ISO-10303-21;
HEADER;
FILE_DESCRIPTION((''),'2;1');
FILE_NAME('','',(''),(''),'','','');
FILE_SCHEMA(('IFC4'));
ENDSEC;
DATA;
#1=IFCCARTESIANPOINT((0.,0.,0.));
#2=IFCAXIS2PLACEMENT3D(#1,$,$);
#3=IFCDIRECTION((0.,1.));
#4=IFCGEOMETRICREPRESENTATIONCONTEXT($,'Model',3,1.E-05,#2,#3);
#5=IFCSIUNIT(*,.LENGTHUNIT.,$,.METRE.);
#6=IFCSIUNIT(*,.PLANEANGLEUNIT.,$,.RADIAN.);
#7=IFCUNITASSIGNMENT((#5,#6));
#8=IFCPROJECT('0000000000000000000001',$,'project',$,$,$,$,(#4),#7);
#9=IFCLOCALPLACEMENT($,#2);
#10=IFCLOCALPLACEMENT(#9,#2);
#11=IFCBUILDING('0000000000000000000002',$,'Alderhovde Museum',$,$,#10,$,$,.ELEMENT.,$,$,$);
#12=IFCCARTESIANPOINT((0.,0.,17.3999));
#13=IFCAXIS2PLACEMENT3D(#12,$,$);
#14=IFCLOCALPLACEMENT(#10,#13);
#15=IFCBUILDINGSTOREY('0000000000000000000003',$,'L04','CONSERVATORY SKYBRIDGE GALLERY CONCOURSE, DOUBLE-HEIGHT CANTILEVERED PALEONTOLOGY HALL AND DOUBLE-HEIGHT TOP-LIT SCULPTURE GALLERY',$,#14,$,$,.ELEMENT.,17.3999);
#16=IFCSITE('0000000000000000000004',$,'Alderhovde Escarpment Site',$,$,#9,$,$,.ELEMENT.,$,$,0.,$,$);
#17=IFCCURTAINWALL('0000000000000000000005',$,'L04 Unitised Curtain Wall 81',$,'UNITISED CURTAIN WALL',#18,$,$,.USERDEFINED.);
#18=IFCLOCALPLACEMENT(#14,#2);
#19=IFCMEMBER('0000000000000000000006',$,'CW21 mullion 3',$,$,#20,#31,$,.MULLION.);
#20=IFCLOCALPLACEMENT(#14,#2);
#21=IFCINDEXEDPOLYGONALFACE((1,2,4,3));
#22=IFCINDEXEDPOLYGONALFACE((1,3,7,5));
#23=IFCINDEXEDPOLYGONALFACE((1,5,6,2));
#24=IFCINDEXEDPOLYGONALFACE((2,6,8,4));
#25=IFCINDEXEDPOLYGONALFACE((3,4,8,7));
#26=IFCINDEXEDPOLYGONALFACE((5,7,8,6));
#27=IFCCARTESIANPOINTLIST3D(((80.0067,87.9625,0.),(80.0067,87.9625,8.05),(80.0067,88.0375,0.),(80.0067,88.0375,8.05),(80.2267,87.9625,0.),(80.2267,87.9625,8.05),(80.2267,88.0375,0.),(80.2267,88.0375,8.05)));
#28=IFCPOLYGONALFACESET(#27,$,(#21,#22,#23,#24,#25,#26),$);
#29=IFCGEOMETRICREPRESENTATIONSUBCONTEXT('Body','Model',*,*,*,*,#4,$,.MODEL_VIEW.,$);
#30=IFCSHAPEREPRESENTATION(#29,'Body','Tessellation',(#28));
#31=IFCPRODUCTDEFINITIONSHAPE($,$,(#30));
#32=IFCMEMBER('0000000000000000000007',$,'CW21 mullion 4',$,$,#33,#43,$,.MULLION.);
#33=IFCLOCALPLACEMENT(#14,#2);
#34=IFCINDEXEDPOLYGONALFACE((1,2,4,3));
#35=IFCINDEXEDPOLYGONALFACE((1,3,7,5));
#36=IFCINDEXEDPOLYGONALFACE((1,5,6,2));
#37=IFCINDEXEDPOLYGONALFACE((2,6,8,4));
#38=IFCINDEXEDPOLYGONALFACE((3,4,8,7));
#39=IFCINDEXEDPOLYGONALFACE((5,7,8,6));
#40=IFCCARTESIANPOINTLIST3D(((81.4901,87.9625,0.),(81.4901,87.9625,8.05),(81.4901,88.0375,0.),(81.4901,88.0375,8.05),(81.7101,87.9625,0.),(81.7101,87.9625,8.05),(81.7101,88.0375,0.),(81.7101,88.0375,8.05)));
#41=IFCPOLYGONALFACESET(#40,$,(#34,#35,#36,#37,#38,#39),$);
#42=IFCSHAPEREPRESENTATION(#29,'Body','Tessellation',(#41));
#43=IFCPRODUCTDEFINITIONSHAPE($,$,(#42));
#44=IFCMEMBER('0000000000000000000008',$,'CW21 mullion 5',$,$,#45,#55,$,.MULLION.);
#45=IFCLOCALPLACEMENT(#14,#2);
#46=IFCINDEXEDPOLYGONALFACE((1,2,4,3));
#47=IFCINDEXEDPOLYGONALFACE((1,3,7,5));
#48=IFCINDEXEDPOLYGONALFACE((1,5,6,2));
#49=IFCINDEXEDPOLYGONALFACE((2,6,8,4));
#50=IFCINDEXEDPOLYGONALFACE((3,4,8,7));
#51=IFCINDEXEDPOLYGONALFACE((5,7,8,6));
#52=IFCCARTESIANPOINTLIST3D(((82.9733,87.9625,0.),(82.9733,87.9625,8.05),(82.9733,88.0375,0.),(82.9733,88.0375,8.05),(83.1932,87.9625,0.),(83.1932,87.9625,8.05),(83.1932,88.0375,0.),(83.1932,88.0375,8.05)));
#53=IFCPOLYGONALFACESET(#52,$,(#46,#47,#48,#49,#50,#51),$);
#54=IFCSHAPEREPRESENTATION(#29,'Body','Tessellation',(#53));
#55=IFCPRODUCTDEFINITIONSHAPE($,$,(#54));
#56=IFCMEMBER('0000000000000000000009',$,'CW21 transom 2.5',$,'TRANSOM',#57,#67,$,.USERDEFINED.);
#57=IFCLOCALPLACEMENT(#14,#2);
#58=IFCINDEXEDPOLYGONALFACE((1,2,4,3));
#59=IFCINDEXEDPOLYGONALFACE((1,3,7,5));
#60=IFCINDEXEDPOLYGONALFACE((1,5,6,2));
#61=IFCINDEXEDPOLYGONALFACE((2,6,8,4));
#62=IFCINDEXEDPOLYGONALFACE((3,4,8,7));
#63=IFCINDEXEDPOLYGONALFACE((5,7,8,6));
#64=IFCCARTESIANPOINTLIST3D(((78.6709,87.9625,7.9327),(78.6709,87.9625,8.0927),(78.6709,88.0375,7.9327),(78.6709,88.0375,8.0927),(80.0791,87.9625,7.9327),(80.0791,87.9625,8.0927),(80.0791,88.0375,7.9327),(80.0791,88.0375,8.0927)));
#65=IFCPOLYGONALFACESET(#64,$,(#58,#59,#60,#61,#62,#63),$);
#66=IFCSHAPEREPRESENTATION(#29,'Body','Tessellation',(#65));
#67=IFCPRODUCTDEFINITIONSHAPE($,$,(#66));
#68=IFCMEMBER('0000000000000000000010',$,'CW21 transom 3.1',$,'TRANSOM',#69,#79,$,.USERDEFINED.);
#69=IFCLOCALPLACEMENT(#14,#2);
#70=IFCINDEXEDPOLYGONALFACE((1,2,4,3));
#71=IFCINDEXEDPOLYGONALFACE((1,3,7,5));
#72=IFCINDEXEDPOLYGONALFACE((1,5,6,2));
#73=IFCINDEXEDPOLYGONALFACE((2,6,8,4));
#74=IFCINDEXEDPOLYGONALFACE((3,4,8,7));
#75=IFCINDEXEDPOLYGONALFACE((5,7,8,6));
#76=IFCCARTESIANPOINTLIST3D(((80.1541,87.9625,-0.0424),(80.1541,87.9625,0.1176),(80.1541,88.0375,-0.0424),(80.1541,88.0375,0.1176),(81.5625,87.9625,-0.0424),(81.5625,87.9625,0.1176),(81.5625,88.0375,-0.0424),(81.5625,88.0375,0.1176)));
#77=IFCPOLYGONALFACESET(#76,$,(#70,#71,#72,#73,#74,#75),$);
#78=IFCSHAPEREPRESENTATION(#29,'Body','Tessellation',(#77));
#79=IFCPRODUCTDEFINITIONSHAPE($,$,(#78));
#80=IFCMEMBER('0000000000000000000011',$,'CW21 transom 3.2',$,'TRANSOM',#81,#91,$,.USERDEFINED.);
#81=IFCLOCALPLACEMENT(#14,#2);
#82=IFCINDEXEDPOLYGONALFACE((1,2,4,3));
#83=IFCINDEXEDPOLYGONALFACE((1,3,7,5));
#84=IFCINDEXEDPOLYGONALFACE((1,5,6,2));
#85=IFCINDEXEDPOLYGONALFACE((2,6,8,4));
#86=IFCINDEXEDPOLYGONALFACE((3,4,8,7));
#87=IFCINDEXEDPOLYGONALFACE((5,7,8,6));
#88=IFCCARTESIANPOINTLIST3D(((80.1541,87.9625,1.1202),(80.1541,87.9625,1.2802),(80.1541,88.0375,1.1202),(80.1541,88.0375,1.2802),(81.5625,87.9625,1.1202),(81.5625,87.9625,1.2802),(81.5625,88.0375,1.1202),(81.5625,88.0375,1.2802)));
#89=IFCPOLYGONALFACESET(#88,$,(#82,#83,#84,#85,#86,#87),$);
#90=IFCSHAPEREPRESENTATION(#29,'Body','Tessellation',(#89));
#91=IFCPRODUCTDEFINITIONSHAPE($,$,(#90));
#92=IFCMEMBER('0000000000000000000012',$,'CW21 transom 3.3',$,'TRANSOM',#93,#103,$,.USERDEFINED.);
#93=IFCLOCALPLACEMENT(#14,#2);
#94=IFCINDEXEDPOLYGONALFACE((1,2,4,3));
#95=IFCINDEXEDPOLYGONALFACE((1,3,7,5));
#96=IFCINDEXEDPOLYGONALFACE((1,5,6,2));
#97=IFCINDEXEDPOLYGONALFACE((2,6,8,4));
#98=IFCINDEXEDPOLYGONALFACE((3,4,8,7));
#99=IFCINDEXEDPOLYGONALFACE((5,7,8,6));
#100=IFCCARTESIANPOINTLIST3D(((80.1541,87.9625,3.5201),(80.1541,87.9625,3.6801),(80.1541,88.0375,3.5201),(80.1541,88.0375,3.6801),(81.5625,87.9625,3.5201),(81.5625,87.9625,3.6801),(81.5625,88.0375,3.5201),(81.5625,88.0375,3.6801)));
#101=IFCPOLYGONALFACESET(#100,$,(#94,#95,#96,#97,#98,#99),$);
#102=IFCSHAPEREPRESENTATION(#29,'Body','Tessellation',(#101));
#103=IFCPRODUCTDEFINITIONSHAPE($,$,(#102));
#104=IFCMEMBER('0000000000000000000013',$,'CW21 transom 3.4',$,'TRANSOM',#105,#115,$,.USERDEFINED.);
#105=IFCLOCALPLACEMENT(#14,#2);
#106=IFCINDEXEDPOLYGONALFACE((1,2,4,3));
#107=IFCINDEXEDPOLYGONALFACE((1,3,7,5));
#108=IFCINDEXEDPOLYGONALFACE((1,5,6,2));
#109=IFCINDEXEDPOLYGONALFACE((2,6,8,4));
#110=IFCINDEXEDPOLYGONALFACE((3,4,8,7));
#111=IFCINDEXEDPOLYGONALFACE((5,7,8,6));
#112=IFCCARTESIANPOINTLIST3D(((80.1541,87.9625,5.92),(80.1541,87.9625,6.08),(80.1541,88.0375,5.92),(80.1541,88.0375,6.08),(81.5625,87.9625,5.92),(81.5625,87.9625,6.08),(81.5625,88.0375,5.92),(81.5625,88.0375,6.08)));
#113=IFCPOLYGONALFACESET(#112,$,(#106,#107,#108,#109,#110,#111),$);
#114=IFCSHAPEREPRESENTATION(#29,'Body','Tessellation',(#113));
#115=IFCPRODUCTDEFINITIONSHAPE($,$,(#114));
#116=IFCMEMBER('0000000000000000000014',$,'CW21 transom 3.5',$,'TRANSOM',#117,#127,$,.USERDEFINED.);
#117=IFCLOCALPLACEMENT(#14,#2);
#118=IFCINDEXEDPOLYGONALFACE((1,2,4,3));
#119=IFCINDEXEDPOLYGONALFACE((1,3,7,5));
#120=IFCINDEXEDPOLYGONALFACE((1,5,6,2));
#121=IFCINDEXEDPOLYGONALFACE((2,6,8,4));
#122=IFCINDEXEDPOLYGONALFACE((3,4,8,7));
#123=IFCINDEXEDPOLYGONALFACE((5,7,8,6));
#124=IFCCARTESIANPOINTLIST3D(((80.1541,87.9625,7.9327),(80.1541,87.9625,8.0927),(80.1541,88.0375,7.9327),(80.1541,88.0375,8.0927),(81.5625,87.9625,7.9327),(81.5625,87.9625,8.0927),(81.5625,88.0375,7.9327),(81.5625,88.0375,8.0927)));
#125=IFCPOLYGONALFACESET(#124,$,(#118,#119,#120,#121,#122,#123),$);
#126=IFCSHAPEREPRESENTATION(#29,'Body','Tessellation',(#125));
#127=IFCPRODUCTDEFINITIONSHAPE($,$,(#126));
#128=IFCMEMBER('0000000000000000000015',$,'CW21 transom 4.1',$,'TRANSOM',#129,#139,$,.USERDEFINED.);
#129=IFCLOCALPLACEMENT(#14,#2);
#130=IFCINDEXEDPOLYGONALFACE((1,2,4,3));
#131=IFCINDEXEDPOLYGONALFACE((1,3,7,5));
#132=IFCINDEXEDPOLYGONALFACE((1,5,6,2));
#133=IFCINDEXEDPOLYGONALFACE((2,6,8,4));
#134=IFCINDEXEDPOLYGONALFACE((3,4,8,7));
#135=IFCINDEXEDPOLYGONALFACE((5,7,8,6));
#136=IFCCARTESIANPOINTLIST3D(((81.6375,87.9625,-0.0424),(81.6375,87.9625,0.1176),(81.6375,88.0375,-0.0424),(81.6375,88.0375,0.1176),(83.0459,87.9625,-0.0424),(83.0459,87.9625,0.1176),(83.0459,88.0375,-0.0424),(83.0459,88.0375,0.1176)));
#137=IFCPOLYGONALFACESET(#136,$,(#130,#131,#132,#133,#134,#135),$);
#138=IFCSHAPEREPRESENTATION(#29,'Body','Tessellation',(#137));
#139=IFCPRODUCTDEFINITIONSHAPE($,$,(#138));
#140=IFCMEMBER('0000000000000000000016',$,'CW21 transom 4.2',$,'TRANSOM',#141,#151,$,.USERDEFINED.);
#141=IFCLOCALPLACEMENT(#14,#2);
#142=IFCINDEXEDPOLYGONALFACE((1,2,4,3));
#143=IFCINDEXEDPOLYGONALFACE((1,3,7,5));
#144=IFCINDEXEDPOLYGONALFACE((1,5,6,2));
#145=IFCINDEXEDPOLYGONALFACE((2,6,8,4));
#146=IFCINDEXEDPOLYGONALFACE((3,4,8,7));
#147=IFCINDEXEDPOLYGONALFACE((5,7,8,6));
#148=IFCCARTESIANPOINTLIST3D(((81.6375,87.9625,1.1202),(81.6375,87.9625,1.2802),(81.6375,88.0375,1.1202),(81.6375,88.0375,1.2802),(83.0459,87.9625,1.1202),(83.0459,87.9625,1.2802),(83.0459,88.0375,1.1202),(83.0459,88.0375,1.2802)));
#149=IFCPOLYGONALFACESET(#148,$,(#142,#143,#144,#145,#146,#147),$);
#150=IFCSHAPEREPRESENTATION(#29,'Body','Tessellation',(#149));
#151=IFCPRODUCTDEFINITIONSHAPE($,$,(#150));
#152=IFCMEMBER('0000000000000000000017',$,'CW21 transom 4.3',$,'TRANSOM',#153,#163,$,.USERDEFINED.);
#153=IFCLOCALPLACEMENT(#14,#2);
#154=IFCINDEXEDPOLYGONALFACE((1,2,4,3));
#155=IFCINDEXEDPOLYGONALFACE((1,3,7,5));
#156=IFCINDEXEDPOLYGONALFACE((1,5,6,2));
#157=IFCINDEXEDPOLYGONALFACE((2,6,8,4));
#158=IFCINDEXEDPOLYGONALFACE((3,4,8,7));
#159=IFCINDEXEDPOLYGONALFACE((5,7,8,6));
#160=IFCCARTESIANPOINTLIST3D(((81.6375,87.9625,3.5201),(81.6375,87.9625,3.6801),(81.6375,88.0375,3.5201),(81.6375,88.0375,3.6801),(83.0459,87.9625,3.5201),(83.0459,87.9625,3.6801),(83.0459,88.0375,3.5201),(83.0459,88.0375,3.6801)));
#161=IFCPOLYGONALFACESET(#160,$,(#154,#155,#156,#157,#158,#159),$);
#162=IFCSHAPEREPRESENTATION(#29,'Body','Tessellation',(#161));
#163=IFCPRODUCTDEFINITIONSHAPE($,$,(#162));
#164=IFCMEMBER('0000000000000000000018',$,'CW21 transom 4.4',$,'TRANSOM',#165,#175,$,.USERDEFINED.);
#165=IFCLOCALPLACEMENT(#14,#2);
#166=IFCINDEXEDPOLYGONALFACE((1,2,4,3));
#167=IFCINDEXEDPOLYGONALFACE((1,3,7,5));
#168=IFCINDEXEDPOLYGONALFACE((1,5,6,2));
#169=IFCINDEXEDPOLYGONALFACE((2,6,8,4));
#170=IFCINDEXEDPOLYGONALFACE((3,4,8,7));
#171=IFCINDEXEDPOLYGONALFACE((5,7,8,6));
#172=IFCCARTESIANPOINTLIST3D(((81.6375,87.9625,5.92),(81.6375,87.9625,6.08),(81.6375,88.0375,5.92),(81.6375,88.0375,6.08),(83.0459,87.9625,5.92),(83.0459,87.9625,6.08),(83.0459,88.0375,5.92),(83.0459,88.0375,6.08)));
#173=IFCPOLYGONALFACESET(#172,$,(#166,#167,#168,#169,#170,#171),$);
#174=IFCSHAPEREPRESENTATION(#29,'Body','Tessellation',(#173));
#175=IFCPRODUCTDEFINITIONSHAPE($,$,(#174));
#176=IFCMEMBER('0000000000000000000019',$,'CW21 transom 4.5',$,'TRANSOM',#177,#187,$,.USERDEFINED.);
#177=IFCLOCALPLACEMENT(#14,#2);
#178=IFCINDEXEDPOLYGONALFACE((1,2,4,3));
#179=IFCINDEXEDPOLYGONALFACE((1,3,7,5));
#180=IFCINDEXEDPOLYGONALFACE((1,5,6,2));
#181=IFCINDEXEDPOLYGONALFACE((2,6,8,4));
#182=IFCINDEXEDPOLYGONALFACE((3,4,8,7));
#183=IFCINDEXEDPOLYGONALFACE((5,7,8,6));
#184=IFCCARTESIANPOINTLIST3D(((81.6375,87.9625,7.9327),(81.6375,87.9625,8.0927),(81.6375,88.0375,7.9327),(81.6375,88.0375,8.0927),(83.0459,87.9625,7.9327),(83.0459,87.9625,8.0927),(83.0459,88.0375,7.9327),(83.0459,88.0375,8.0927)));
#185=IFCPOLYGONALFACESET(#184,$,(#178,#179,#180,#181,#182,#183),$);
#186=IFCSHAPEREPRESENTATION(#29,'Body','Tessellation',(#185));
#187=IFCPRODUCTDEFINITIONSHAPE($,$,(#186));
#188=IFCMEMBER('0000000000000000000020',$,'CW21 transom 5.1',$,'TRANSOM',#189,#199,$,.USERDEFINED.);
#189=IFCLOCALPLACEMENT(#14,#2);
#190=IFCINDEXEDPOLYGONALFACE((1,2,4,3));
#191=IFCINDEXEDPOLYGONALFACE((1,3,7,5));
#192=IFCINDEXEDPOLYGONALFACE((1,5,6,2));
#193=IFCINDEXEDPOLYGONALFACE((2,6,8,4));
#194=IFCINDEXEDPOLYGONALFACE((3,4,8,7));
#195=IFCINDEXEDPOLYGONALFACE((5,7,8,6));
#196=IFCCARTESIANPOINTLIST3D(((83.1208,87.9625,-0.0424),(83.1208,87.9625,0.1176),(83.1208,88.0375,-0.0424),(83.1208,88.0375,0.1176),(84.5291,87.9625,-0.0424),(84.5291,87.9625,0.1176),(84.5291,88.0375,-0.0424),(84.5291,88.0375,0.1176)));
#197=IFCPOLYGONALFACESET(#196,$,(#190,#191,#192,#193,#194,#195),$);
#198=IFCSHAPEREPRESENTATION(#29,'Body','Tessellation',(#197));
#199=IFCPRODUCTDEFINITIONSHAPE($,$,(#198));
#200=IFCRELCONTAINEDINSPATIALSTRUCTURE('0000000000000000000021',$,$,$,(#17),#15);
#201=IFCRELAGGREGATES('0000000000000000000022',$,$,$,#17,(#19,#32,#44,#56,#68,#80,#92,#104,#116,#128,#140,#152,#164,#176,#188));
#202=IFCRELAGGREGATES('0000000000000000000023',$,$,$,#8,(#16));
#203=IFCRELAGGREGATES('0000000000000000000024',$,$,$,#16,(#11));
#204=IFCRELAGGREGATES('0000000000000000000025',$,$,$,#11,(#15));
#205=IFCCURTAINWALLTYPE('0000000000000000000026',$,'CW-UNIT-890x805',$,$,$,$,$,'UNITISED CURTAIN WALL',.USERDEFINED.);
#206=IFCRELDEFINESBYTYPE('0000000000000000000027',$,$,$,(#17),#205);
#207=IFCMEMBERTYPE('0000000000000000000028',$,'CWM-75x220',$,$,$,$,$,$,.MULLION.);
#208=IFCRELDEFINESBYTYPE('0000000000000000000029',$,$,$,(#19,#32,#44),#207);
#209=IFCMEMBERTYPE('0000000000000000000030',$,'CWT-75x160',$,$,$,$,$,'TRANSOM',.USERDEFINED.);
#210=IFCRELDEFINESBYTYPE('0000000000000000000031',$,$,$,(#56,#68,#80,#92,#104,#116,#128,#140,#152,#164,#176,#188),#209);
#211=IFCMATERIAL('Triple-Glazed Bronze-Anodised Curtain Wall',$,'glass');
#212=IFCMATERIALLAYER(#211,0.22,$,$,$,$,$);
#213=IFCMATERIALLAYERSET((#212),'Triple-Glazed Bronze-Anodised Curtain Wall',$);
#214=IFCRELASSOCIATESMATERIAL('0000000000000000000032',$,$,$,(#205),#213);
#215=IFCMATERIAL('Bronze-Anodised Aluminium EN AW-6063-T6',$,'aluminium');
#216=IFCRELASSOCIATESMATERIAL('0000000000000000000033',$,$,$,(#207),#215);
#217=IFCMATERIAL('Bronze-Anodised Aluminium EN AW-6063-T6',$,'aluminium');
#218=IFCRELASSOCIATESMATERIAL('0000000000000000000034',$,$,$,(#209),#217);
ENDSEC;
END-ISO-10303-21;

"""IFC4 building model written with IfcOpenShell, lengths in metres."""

from ifc_helpers import new_model, si_unit, direction, frame, origin, origin_2d, place, context, subcontext, project, spatial, rectangle, extrude, material, layer, layer_set, material_profile, profile_set, type_object, element, aggregate, save


model = new_model("IFC4")

# Units and contexts
model_context = context("Model", 3, precision=1e-05, world=origin(), true_north=direction((0.0, 1.0)))
body_context = subcontext(model_context, "Body", "Model", "MODEL_VIEW")
ifc_project = project(units=[si_unit("LENGTHUNIT", "METRE"), si_unit("PLANEANGLEUNIT", "RADIAN")], contexts=[model_context])

# Site, building, storey
site_placement = place(None, origin())
site = spatial("IfcSite", under=ifc_project, at=site_placement, Name="Alderhovde Escarpment Site", CompositionType="ELEMENT", RefElevation=0.0)
building_placement = place(site_placement, origin())
building = spatial("IfcBuilding", under=site, at=building_placement, Name="Alderhovde Museum", CompositionType="ELEMENT")
storey_placement = place(building_placement, frame((0.0, 0.0, 17.3999)))
storey = spatial("IfcBuildingStorey", under=building, at=storey_placement, Name="L04", Description="CONSERVATORY SKYBRIDGE GALLERY CONCOURSE, DOUBLE-HEIGHT CANTILEVERED PALEONTOLOGY HALL AND DOUBLE-HEIGHT TOP-LIT SCULPTURE GALLERY", CompositionType="ELEMENT", Elevation=17.3999)

# Curtain wall, members
ifc_material_1 = material(Name="Triple-Glazed Bronze-Anodised Curtain Wall", Category="glass")
ifc_layer_1 = layer(ifc_material_1, 0.22)
ifc_layer_set_1 = layer_set([ifc_layer_1], Name="Triple-Glazed Bronze-Anodised Curtain Wall")
curtain_wall_type = type_object("IfcCurtainWallType", Name="CW-UNIT-890x805", ElementType="UNITISED CURTAIN WALL", PredefinedType="USERDEFINED", material=ifc_layer_set_1)
curtain_wall_placement = place(storey_placement, origin())
curtain_wall = element("IfcCurtainWall", 1, at=curtain_wall_placement, inside=storey, type_object=curtain_wall_type, Name="L04 Unitised Curtain Wall 81", ObjectType="UNITISED CURTAIN WALL", PredefinedType="USERDEFINED")
ifc_material_2 = material(Name="Bronze-Anodised Aluminium EN AW-6063-T6", Category="aluminium")
ifc_material_profile_1 = material_profile(ifc_material_2, rectangle(XDim=0.075, YDim=0.22, at=origin_2d()), Name="MULLION 75x220")
ifc_profile_set_1 = profile_set([ifc_material_profile_1], Name="Bronze-Anodised Aluminium EN AW-6063-T6")
member_type_1 = type_object("IfcMemberType", Name="CWM-75x220", PredefinedType="MULLION", material=ifc_profile_set_1)
member_1_placement = place(storey_placement, frame((80.1167, 88.0, 0.0), z_axis=(0.0, 0.0, 1.0), x_axis=(0.0, 1.0, 0.0)))
member_1 = element("IfcMember", 2, at=member_1_placement, type_object=member_type_1, Name="CW21 mullion 3", PredefinedType="MULLION", context=body_context, shape_type="SweptSolid", body=[
    extrude(rectangle(XDim=0.075, YDim=0.22, at=origin_2d()), origin(), (0.0, 0.0, 1.0), 8.05),
])
member_2_placement = place(storey_placement, frame((81.6001, 88.0, 0.0), z_axis=(0.0, 0.0, 1.0), x_axis=(0.0, 1.0, 0.0)))
member_2 = element("IfcMember", 3, at=member_2_placement, type_object=member_type_1, Name="CW21 mullion 4", PredefinedType="MULLION", context=body_context, shape_type="SweptSolid", body=[
    extrude(rectangle(XDim=0.075, YDim=0.22, at=origin_2d()), origin(), (0.0, 0.0, 1.0), 8.05),
])
member_3_placement = place(storey_placement, frame((83.0833, 88.0, 0.0), z_axis=(0.0, 0.0, 1.0), x_axis=(0.0, 1.0, 0.0)))
member_3 = element("IfcMember", 4, at=member_3_placement, type_object=member_type_1, Name="CW21 mullion 5", PredefinedType="MULLION", context=body_context, shape_type="SweptSolid", body=[
    extrude(rectangle(XDim=0.075, YDim=0.22, at=origin_2d()), origin(), (0.0, 0.0, 1.0), 8.05),
])
ifc_material_3 = material(Name="Bronze-Anodised Aluminium EN AW-6063-T6", Category="aluminium")
ifc_material_profile_2 = material_profile(ifc_material_3, rectangle(XDim=0.075, YDim=0.1599, at=origin_2d()), Name="TRANSOM 75x160")
ifc_profile_set_2 = profile_set([ifc_material_profile_2], Name="Bronze-Anodised Aluminium EN AW-6063-T6")
member_type_2 = type_object("IfcMemberType", Name="CWT-75x160", ElementType="TRANSOM", PredefinedType="USERDEFINED", material=ifc_profile_set_2)
member_4_placement = place(storey_placement, frame((78.6709, 88.0, 8.0127), z_axis=(1.0, 0.0, 0.0), x_axis=(0.0, 1.0, 0.0)))
member_4 = element("IfcMember", 5, at=member_4_placement, type_object=member_type_2, Name="CW21 transom 2.5", ObjectType="TRANSOM", PredefinedType="USERDEFINED", context=body_context, shape_type="SweptSolid", body=[
    extrude(rectangle(XDim=0.075, YDim=0.1599, at=origin_2d()), origin(), (0.0, 0.0, 1.0), 1.4082),
])
member_5_placement = place(storey_placement, frame((80.1541, 88.0, 0.0376), z_axis=(1.0, 0.0, 0.0), x_axis=(0.0, 1.0, 0.0)))
member_5 = element("IfcMember", 6, at=member_5_placement, type_object=member_type_2, Name="CW21 transom 3.1", ObjectType="TRANSOM", PredefinedType="USERDEFINED", context=body_context, shape_type="SweptSolid", body=[
    extrude(rectangle(XDim=0.075, YDim=0.1599, at=origin_2d()), origin(), (0.0, 0.0, 1.0), 1.4084),
])
member_6_placement = place(storey_placement, frame((80.1541, 88.0, 1.2002), z_axis=(1.0, 0.0, 0.0), x_axis=(0.0, 1.0, 0.0)))
member_6 = element("IfcMember", 7, at=member_6_placement, type_object=member_type_2, Name="CW21 transom 3.2", ObjectType="TRANSOM", PredefinedType="USERDEFINED", context=body_context, shape_type="SweptSolid", body=[
    extrude(rectangle(XDim=0.075, YDim=0.1599, at=origin_2d()), origin(), (0.0, 0.0, 1.0), 1.4084),
])
member_7_placement = place(storey_placement, frame((80.1541, 88.0, 3.6001), z_axis=(1.0, 0.0, 0.0), x_axis=(0.0, 1.0, 0.0)))
member_7 = element("IfcMember", 8, at=member_7_placement, type_object=member_type_2, Name="CW21 transom 3.3", ObjectType="TRANSOM", PredefinedType="USERDEFINED", context=body_context, shape_type="SweptSolid", body=[
    extrude(rectangle(XDim=0.075, YDim=0.1599, at=origin_2d()), origin(), (0.0, 0.0, 1.0), 1.4084),
])
member_8_placement = place(storey_placement, frame((80.1541, 88.0, 6.0), z_axis=(1.0, 0.0, 0.0), x_axis=(0.0, 1.0, 0.0)))
member_8 = element("IfcMember", 9, at=member_8_placement, type_object=member_type_2, Name="CW21 transom 3.4", ObjectType="TRANSOM", PredefinedType="USERDEFINED", context=body_context, shape_type="SweptSolid", body=[
    extrude(rectangle(XDim=0.075, YDim=0.1599, at=origin_2d()), origin(), (0.0, 0.0, 1.0), 1.4084),
])
member_9_placement = place(storey_placement, frame((80.1541, 88.0, 8.0127), z_axis=(1.0, 0.0, 0.0), x_axis=(0.0, 1.0, 0.0)))
member_9 = element("IfcMember", 10, at=member_9_placement, type_object=member_type_2, Name="CW21 transom 3.5", ObjectType="TRANSOM", PredefinedType="USERDEFINED", context=body_context, shape_type="SweptSolid", body=[
    extrude(rectangle(XDim=0.075, YDim=0.1599, at=origin_2d()), origin(), (0.0, 0.0, 1.0), 1.4084),
])
member_10_placement = place(storey_placement, frame((81.6375, 88.0, 0.0376), z_axis=(1.0, 0.0, 0.0), x_axis=(0.0, 1.0, 0.0)))
member_10 = element("IfcMember", 11, at=member_10_placement, type_object=member_type_2, Name="CW21 transom 4.1", ObjectType="TRANSOM", PredefinedType="USERDEFINED", context=body_context, shape_type="SweptSolid", body=[
    extrude(rectangle(XDim=0.075, YDim=0.1599, at=origin_2d()), origin(), (0.0, 0.0, 1.0), 1.4084),
])
member_11_placement = place(storey_placement, frame((81.6375, 88.0, 1.2002), z_axis=(1.0, 0.0, 0.0), x_axis=(0.0, 1.0, 0.0)))
member_11 = element("IfcMember", 12, at=member_11_placement, type_object=member_type_2, Name="CW21 transom 4.2", ObjectType="TRANSOM", PredefinedType="USERDEFINED", context=body_context, shape_type="SweptSolid", body=[
    extrude(rectangle(XDim=0.075, YDim=0.1599, at=origin_2d()), origin(), (0.0, 0.0, 1.0), 1.4084),
])
member_12_placement = place(storey_placement, frame((81.6375, 88.0, 3.6001), z_axis=(1.0, 0.0, 0.0), x_axis=(0.0, 1.0, 0.0)))
member_12 = element("IfcMember", 13, at=member_12_placement, type_object=member_type_2, Name="CW21 transom 4.3", ObjectType="TRANSOM", PredefinedType="USERDEFINED", context=body_context, shape_type="SweptSolid", body=[
    extrude(rectangle(XDim=0.075, YDim=0.1599, at=origin_2d()), origin(), (0.0, 0.0, 1.0), 1.4084),
])
member_13_placement = place(storey_placement, frame((81.6375, 88.0, 6.0), z_axis=(1.0, 0.0, 0.0), x_axis=(0.0, 1.0, 0.0)))
member_13 = element("IfcMember", 14, at=member_13_placement, type_object=member_type_2, Name="CW21 transom 4.4", ObjectType="TRANSOM", PredefinedType="USERDEFINED", context=body_context, shape_type="SweptSolid", body=[
    extrude(rectangle(XDim=0.075, YDim=0.1599, at=origin_2d()), origin(), (0.0, 0.0, 1.0), 1.4084),
])
member_14_placement = place(storey_placement, frame((81.6375, 88.0, 8.0127), z_axis=(1.0, 0.0, 0.0), x_axis=(0.0, 1.0, 0.0)))
member_14 = element("IfcMember", 15, at=member_14_placement, type_object=member_type_2, Name="CW21 transom 4.5", ObjectType="TRANSOM", PredefinedType="USERDEFINED", context=body_context, shape_type="SweptSolid", body=[
    extrude(rectangle(XDim=0.075, YDim=0.1599, at=origin_2d()), origin(), (0.0, 0.0, 1.0), 1.4084),
])
member_15_placement = place(storey_placement, frame((83.1208, 88.0, 0.0376), z_axis=(1.0, 0.0, 0.0), x_axis=(0.0, 1.0, 0.0)))
member_15 = element("IfcMember", 16, at=member_15_placement, type_object=member_type_2, Name="CW21 transom 5.1", ObjectType="TRANSOM", PredefinedType="USERDEFINED", context=body_context, shape_type="SweptSolid", body=[
    extrude(rectangle(XDim=0.075, YDim=0.1599, at=origin_2d()), origin(), (0.0, 0.0, 1.0), 1.4082),
])

aggregate(curtain_wall, [member_1, member_2, member_3, member_4, member_5, member_6, member_7, member_8, member_9, member_10, member_11, member_12, member_13, member_14, member_15])

save(model, "model.ifc")
